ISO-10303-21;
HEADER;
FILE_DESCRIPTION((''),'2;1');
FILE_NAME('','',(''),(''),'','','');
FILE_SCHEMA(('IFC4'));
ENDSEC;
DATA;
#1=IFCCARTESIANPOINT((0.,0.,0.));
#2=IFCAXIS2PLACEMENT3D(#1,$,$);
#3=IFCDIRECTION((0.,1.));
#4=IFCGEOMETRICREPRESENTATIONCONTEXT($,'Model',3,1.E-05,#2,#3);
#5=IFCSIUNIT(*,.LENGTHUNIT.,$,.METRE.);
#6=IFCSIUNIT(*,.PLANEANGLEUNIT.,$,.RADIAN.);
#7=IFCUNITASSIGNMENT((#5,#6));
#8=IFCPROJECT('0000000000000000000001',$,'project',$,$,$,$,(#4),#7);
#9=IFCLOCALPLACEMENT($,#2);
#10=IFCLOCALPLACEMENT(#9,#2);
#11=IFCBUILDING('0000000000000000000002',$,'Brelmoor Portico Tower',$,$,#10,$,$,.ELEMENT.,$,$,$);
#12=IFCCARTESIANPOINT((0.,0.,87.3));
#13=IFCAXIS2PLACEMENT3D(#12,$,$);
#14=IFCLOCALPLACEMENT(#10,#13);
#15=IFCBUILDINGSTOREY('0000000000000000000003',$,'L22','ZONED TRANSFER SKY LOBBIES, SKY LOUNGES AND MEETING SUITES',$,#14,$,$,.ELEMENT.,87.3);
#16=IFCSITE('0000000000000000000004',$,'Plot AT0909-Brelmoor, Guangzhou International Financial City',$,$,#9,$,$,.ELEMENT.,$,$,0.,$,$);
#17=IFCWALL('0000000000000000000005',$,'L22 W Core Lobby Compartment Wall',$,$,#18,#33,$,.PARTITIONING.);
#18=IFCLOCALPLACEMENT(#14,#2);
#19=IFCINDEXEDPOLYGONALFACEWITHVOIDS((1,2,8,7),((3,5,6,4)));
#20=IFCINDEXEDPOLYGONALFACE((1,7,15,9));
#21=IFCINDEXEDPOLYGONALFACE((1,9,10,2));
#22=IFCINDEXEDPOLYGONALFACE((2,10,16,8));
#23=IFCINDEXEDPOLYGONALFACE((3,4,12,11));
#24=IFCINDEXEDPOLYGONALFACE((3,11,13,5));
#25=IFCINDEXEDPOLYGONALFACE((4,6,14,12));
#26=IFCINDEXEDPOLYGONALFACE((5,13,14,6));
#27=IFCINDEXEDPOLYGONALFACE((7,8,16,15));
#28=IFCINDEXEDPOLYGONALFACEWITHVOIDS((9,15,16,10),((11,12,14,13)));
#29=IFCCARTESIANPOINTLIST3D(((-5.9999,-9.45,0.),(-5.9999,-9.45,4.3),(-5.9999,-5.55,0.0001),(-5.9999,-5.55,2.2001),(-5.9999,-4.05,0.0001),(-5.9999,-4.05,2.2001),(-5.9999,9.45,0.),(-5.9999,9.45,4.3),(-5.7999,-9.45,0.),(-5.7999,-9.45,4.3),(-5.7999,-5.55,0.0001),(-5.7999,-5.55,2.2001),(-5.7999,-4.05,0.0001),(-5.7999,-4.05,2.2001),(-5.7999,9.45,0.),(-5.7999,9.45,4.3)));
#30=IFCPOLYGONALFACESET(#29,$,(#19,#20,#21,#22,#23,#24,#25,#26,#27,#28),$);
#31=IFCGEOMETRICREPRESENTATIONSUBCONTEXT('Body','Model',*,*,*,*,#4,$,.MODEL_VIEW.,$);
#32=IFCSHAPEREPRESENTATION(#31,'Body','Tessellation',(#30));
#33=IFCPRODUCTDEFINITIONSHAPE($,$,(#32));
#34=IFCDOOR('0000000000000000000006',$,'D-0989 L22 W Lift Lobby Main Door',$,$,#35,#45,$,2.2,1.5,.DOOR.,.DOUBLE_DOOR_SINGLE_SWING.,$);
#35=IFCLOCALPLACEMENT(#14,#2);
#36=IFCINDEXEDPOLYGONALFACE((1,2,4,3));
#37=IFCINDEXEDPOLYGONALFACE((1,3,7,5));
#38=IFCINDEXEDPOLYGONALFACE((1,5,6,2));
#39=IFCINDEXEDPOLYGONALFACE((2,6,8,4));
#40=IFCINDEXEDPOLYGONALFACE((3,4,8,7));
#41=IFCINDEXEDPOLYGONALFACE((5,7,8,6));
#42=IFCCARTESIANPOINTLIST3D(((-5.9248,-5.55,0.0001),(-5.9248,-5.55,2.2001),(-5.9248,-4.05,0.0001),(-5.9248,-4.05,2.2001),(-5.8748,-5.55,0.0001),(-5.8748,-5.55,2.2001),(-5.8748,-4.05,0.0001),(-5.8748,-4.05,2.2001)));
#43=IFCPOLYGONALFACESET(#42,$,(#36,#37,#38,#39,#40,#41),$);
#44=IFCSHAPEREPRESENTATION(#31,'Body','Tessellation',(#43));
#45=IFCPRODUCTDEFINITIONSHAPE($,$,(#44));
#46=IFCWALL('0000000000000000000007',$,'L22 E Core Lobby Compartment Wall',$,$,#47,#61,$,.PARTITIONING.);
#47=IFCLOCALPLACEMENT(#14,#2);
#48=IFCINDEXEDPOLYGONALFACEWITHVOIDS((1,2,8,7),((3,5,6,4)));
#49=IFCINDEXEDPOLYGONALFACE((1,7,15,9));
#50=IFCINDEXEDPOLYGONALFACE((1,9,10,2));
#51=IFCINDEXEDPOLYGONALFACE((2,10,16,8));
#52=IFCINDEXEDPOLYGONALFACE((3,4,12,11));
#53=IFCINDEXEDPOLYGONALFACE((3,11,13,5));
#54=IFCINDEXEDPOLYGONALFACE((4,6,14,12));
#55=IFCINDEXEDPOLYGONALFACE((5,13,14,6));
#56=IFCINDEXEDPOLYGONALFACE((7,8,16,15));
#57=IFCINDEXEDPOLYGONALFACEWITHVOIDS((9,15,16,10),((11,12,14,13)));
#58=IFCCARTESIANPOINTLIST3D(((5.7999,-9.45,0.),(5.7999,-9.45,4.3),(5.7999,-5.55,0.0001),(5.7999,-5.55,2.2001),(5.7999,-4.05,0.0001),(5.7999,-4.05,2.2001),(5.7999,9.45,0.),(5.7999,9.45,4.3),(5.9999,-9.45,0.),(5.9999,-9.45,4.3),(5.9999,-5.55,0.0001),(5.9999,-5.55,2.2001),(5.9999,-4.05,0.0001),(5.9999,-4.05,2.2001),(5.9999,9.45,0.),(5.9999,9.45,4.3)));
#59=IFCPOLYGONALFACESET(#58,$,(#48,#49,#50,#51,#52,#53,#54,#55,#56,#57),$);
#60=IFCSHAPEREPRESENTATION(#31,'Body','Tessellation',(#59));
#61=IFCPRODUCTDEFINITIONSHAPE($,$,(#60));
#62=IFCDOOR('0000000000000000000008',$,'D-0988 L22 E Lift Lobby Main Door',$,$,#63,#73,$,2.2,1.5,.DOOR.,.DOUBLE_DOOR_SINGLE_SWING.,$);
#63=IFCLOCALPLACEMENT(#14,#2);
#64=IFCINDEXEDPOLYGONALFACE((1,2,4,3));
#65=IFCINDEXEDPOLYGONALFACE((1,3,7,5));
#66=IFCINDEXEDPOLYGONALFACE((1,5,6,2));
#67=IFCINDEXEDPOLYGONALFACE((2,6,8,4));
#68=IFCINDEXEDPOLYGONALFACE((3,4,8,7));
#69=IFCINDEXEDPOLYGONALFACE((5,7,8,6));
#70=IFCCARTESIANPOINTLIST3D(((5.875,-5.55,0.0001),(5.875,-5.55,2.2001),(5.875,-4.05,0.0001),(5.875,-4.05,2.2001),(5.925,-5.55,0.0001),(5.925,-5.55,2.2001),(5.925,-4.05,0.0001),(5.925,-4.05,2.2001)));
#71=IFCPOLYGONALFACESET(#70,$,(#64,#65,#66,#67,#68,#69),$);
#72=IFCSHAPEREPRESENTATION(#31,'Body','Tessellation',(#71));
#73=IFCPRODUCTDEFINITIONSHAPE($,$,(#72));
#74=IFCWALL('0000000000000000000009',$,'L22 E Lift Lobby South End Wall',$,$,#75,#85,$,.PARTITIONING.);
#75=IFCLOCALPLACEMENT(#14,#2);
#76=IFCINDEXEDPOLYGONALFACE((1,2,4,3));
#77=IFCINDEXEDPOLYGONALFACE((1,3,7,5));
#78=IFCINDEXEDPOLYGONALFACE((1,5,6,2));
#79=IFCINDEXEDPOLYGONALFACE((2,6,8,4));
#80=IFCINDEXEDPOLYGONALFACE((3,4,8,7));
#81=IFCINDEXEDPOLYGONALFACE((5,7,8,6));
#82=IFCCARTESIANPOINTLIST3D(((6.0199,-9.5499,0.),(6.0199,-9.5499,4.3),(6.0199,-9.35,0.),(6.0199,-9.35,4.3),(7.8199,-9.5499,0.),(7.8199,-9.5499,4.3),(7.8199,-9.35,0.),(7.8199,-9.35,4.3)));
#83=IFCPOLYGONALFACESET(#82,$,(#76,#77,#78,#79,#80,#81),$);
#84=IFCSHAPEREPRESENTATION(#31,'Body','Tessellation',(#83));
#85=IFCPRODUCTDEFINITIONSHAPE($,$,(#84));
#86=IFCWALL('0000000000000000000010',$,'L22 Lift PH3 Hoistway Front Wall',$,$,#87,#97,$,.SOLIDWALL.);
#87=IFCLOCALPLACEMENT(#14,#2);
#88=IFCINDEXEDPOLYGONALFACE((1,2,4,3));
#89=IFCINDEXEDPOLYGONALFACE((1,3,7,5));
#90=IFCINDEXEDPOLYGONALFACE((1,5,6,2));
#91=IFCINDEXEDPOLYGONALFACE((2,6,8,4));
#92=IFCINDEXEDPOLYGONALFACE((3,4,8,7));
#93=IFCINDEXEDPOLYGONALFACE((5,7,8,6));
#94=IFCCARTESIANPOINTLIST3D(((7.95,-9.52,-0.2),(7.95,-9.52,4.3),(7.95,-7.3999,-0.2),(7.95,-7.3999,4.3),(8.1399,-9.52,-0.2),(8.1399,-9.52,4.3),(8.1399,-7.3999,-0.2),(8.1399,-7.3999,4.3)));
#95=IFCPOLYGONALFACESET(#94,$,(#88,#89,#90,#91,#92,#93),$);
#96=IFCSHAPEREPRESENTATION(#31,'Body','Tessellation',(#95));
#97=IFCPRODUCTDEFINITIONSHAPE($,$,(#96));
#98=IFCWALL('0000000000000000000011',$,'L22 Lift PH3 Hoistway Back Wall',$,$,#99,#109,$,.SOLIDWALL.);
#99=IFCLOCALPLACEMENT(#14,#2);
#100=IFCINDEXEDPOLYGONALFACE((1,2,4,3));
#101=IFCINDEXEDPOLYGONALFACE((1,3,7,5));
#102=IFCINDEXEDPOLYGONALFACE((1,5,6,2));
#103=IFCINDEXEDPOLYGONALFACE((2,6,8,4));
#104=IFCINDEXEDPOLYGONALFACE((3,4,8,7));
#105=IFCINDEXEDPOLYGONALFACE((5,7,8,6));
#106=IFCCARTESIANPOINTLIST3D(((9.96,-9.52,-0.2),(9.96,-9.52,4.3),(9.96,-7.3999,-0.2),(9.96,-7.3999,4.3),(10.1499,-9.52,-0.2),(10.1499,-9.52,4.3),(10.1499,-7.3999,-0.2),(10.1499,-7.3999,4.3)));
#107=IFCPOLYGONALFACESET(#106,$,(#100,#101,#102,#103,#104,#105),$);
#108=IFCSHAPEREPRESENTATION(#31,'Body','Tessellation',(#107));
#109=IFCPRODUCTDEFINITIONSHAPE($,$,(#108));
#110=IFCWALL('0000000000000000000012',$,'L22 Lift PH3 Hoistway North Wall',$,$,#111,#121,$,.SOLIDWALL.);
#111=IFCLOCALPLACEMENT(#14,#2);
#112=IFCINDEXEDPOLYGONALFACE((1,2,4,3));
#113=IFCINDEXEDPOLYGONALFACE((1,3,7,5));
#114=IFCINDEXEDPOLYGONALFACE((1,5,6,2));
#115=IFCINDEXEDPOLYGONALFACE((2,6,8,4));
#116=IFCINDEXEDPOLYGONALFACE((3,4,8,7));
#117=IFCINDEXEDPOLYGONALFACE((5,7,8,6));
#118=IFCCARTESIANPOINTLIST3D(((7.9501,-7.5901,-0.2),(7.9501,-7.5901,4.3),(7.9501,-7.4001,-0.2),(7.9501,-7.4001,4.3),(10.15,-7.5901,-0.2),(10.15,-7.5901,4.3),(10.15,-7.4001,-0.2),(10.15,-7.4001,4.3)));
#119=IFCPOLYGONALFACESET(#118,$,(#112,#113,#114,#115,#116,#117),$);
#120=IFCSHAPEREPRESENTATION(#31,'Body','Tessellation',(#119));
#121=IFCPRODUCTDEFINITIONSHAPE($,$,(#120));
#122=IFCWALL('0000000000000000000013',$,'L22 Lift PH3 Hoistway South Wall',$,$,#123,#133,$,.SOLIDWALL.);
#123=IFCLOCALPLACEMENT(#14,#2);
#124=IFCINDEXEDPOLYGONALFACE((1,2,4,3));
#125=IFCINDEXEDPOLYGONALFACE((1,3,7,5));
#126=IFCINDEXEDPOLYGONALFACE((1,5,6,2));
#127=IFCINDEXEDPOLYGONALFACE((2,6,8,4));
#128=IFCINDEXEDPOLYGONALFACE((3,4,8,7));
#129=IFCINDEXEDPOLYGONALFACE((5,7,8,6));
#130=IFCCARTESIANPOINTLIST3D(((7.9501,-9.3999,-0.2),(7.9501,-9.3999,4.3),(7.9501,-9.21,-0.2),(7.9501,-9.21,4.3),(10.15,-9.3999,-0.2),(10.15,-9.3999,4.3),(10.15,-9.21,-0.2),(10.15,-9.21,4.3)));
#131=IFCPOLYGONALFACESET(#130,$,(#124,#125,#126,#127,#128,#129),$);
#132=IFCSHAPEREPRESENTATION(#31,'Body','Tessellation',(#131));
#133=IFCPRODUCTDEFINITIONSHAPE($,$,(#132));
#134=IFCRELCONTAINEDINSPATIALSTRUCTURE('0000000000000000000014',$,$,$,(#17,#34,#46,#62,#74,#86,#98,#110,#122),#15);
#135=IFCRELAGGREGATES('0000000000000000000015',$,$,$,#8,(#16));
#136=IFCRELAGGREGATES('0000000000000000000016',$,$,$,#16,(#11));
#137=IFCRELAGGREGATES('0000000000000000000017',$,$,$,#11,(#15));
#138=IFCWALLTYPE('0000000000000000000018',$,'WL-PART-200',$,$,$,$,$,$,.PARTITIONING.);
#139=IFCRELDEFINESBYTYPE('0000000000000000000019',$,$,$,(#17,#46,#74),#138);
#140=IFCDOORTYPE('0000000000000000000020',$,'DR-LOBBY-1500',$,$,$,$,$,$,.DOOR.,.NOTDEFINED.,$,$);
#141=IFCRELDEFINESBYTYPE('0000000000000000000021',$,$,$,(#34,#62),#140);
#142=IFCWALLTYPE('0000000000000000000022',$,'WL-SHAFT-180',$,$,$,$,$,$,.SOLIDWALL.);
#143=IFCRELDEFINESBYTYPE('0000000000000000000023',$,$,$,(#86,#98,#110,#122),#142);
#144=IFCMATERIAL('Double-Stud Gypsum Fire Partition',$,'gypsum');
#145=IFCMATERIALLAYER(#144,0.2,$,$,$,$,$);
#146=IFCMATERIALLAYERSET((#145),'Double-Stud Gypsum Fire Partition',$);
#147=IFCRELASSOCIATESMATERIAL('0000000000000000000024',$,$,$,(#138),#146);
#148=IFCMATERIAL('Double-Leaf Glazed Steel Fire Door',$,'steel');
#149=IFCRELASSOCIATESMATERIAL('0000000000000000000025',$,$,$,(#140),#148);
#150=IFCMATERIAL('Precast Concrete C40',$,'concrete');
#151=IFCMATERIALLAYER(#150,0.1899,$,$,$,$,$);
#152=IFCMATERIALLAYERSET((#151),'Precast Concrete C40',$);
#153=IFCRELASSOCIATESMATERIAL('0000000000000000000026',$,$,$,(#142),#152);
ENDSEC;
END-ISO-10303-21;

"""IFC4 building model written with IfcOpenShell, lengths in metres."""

from ifc_helpers import new_model, si_unit, direction, frame, frame_2d, origin, place, context, subcontext, project, spatial, rectangle, extrude, material, layer, layer_set, type_object, element, fill, save


model = new_model("IFC4")

# Units and contexts
model_context = context("Model", 3, precision=1e-05, world=origin(), true_north=direction((0.0, 1.0)))
body_context = subcontext(model_context, "Body", "Model", "MODEL_VIEW")
ifc_project = project(units=[si_unit("LENGTHUNIT", "METRE"), si_unit("PLANEANGLEUNIT", "RADIAN")], contexts=[model_context])

# Site, building, storey
site_placement = place(None, origin())
site = spatial("IfcSite", under=ifc_project, at=site_placement, Name="Plot AT0909-Brelmoor, Guangzhou International Financial City", CompositionType="ELEMENT", RefElevation=0.0)
building_placement = place(site_placement, origin())
building = spatial("IfcBuilding", under=site, at=building_placement, Name="Brelmoor Portico Tower", CompositionType="ELEMENT")
storey_placement = place(building_placement, frame((0.0, 0.0, 87.3)))
storey = spatial("IfcBuildingStorey", under=building, at=storey_placement, Name="L22", Description="ZONED TRANSFER SKY LOBBIES, SKY LOUNGES AND MEETING SUITES", CompositionType="ELEMENT", Elevation=87.3)

# Walls, openings, doors
ifc_material_1 = material(Name="Double-Stud Gypsum Fire Partition", Category="gypsum")
ifc_layer_1 = layer(ifc_material_1, 0.2)
ifc_layer_set_1 = layer_set([ifc_layer_1], Name="Double-Stud Gypsum Fire Partition")
wall_type_1 = type_object("IfcWallType", Name="WL-PART-200", PredefinedType="PARTITIONING", material=ifc_layer_set_1)
wall_1_placement = place(storey_placement, frame((-5.8999, -9.45, 0.0), z_axis=(0.0, 0.0, 1.0), x_axis=(0.0, 1.0, 0.0)))
wall_1 = element("IfcWall", 1, at=wall_1_placement, inside=storey, type_object=wall_type_1, Name="L22 W Core Lobby Compartment Wall", PredefinedType="PARTITIONING", context=body_context, shape_type="SweptSolid", body=[
    extrude(rectangle(XDim=18.8999, YDim=0.2, at=frame_2d((9.45, 0.0))), origin(), (0.0, 0.0, 1.0), 4.3),
])
opening_1_placement = place(wall_1_placement, frame((3.8999, 0.0, 0.0)))
opening_1 = element("IfcOpeningElement", 2, at=opening_1_placement, cuts=wall_1, PredefinedType="OPENING", context=body_context, shape_type="SweptSolid", body=[
    extrude(rectangle(XDim=1.5, YDim=2.2, at=frame_2d((0.75, 1.1001))), frame((0.0, 0.1099, 0.0), z_axis=(0.0, -1.0, 0.0), x_axis=(1.0, 0.0, 0.0)), (0.0, 0.0, 1.0), 0.22),
])
ifc_material_2 = material(Name="Double-Leaf Glazed Steel Fire Door", Category="steel")
door_type_1 = type_object("IfcDoorType", Name="DR-LOBBY-1500", OperationType="NOTDEFINED", PredefinedType="DOOR", material=ifc_material_2)
door_1_placement = place(opening_1_placement, origin())
door_1 = element("IfcDoor", 3, at=door_1_placement, inside=storey, type_object=door_type_1, Name="D-0989 L22 W Lift Lobby Main Door", OperationType="DOUBLE_DOOR_SINGLE_SWING", OverallHeight=2.2, OverallWidth=1.5, PredefinedType="DOOR", context=body_context, shape_type="SweptSolid", body=[
    extrude(rectangle(XDim=1.5, YDim=2.2, at=frame_2d((0.75, 1.1001))), frame((0.0, 0.0249, 0.0), z_axis=(0.0, -1.0, 0.0), x_axis=(1.0, 0.0, 0.0)), (0.0, 0.0, 1.0), 0.05),
])
fill(opening_1, door_1)
wall_2_placement = place(storey_placement, frame((5.8999, -9.45, 0.0), z_axis=(0.0, 0.0, 1.0), x_axis=(0.0, 1.0, 0.0)))
wall_2 = element("IfcWall", 4, at=wall_2_placement, inside=storey, type_object=wall_type_1, Name="L22 E Core Lobby Compartment Wall", PredefinedType="PARTITIONING", context=body_context, shape_type="SweptSolid", body=[
    extrude(rectangle(XDim=18.8999, YDim=0.2, at=frame_2d((9.45, 0.0))), origin(), (0.0, 0.0, 1.0), 4.3),
])
opening_2_placement = place(wall_2_placement, frame((3.8999, 0.0, 0.0)))
opening_2 = element("IfcOpeningElement", 5, at=opening_2_placement, cuts=wall_2, PredefinedType="OPENING", context=body_context, shape_type="SweptSolid", body=[
    extrude(rectangle(XDim=1.5, YDim=2.2, at=frame_2d((0.75, 1.1001))), frame((0.0, 0.1099, 0.0), z_axis=(0.0, -1.0, 0.0), x_axis=(1.0, 0.0, 0.0)), (0.0, 0.0, 1.0), 0.22),
])
door_2_placement = place(opening_2_placement, origin())
door_2 = element("IfcDoor", 6, at=door_2_placement, inside=storey, type_object=door_type_1, Name="D-0988 L22 E Lift Lobby Main Door", OperationType="DOUBLE_DOOR_SINGLE_SWING", OverallHeight=2.2, OverallWidth=1.5, PredefinedType="DOOR", context=body_context, shape_type="SweptSolid", body=[
    extrude(rectangle(XDim=1.5, YDim=2.2, at=frame_2d((0.75, 1.1001))), frame((0.0, 0.0249, 0.0), z_axis=(0.0, -1.0, 0.0), x_axis=(1.0, 0.0, 0.0)), (0.0, 0.0, 1.0), 0.05),
])
fill(opening_2, door_2)

# Walls
wall_3_placement = place(storey_placement, frame((6.02, -9.45, 0.0), z_axis=(0.0, 0.0, 1.0), x_axis=(1.0, 0.0, 0.0)))
element("IfcWall", 7, at=wall_3_placement, inside=storey, type_object=wall_type_1, Name="L22 E Lift Lobby South End Wall", PredefinedType="PARTITIONING", context=body_context, shape_type="SweptSolid", body=[
    extrude(rectangle(XDim=1.8, YDim=0.2, at=frame_2d((0.8999, 0.0))), origin(), (0.0, 0.0, 1.0), 4.3),
])
ifc_material_3 = material(Name="Precast Concrete C40", Category="concrete")
ifc_layer_2 = layer(ifc_material_3, 0.1899)
ifc_layer_set_2 = layer_set([ifc_layer_2], Name="Precast Concrete C40")
wall_type_2 = type_object("IfcWallType", Name="WL-SHAFT-180", PredefinedType="SOLIDWALL", material=ifc_layer_set_2)
for number, where, z_axis, x_axis, name in (
    (8, (8.0449, -9.52, -0.2), (0.0, 0.0, 1.0), (0.0, 1.0, 0.0), "L22 Lift PH3 Hoistway Front Wall"),
    (9, (10.0549, -9.52, -0.2), (0.0, 0.0, 1.0), (0.0, 1.0, 0.0), "L22 Lift PH3 Hoistway Back Wall"),
):
    element("IfcWall", number, at=place(storey_placement, frame(where, z_axis=z_axis, x_axis=x_axis)), inside=storey, type_object=wall_type_2, Name=name, PredefinedType="SOLIDWALL", context=body_context, shape_type="SweptSolid", body=[
        extrude(rectangle(XDim=2.1201, YDim=0.1899, at=frame_2d((1.0601, 0.0))), origin(), (0.0, 0.0, 1.0), 4.5),
    ])
for number, where, z_axis, x_axis, name in (
    (10, (7.95, -7.4951, -0.2), (0.0, 0.0, 1.0), (1.0, 0.0, 0.0), "L22 Lift PH3 Hoistway North Wall"),
    (11, (7.95, -9.3049, -0.2), (0.0, 0.0, 1.0), (1.0, 0.0, 0.0), "L22 Lift PH3 Hoistway South Wall"),
):
    element("IfcWall", number, at=place(storey_placement, frame(where, z_axis=z_axis, x_axis=x_axis)), inside=storey, type_object=wall_type_2, Name=name, PredefinedType="SOLIDWALL", context=body_context, shape_type="SweptSolid", body=[
        extrude(rectangle(XDim=2.2, YDim=0.1899, at=frame_2d((1.1001, 0.0))), origin(), (0.0, 0.0, 1.0), 4.5),
    ])

save(model, "model.ifc")
